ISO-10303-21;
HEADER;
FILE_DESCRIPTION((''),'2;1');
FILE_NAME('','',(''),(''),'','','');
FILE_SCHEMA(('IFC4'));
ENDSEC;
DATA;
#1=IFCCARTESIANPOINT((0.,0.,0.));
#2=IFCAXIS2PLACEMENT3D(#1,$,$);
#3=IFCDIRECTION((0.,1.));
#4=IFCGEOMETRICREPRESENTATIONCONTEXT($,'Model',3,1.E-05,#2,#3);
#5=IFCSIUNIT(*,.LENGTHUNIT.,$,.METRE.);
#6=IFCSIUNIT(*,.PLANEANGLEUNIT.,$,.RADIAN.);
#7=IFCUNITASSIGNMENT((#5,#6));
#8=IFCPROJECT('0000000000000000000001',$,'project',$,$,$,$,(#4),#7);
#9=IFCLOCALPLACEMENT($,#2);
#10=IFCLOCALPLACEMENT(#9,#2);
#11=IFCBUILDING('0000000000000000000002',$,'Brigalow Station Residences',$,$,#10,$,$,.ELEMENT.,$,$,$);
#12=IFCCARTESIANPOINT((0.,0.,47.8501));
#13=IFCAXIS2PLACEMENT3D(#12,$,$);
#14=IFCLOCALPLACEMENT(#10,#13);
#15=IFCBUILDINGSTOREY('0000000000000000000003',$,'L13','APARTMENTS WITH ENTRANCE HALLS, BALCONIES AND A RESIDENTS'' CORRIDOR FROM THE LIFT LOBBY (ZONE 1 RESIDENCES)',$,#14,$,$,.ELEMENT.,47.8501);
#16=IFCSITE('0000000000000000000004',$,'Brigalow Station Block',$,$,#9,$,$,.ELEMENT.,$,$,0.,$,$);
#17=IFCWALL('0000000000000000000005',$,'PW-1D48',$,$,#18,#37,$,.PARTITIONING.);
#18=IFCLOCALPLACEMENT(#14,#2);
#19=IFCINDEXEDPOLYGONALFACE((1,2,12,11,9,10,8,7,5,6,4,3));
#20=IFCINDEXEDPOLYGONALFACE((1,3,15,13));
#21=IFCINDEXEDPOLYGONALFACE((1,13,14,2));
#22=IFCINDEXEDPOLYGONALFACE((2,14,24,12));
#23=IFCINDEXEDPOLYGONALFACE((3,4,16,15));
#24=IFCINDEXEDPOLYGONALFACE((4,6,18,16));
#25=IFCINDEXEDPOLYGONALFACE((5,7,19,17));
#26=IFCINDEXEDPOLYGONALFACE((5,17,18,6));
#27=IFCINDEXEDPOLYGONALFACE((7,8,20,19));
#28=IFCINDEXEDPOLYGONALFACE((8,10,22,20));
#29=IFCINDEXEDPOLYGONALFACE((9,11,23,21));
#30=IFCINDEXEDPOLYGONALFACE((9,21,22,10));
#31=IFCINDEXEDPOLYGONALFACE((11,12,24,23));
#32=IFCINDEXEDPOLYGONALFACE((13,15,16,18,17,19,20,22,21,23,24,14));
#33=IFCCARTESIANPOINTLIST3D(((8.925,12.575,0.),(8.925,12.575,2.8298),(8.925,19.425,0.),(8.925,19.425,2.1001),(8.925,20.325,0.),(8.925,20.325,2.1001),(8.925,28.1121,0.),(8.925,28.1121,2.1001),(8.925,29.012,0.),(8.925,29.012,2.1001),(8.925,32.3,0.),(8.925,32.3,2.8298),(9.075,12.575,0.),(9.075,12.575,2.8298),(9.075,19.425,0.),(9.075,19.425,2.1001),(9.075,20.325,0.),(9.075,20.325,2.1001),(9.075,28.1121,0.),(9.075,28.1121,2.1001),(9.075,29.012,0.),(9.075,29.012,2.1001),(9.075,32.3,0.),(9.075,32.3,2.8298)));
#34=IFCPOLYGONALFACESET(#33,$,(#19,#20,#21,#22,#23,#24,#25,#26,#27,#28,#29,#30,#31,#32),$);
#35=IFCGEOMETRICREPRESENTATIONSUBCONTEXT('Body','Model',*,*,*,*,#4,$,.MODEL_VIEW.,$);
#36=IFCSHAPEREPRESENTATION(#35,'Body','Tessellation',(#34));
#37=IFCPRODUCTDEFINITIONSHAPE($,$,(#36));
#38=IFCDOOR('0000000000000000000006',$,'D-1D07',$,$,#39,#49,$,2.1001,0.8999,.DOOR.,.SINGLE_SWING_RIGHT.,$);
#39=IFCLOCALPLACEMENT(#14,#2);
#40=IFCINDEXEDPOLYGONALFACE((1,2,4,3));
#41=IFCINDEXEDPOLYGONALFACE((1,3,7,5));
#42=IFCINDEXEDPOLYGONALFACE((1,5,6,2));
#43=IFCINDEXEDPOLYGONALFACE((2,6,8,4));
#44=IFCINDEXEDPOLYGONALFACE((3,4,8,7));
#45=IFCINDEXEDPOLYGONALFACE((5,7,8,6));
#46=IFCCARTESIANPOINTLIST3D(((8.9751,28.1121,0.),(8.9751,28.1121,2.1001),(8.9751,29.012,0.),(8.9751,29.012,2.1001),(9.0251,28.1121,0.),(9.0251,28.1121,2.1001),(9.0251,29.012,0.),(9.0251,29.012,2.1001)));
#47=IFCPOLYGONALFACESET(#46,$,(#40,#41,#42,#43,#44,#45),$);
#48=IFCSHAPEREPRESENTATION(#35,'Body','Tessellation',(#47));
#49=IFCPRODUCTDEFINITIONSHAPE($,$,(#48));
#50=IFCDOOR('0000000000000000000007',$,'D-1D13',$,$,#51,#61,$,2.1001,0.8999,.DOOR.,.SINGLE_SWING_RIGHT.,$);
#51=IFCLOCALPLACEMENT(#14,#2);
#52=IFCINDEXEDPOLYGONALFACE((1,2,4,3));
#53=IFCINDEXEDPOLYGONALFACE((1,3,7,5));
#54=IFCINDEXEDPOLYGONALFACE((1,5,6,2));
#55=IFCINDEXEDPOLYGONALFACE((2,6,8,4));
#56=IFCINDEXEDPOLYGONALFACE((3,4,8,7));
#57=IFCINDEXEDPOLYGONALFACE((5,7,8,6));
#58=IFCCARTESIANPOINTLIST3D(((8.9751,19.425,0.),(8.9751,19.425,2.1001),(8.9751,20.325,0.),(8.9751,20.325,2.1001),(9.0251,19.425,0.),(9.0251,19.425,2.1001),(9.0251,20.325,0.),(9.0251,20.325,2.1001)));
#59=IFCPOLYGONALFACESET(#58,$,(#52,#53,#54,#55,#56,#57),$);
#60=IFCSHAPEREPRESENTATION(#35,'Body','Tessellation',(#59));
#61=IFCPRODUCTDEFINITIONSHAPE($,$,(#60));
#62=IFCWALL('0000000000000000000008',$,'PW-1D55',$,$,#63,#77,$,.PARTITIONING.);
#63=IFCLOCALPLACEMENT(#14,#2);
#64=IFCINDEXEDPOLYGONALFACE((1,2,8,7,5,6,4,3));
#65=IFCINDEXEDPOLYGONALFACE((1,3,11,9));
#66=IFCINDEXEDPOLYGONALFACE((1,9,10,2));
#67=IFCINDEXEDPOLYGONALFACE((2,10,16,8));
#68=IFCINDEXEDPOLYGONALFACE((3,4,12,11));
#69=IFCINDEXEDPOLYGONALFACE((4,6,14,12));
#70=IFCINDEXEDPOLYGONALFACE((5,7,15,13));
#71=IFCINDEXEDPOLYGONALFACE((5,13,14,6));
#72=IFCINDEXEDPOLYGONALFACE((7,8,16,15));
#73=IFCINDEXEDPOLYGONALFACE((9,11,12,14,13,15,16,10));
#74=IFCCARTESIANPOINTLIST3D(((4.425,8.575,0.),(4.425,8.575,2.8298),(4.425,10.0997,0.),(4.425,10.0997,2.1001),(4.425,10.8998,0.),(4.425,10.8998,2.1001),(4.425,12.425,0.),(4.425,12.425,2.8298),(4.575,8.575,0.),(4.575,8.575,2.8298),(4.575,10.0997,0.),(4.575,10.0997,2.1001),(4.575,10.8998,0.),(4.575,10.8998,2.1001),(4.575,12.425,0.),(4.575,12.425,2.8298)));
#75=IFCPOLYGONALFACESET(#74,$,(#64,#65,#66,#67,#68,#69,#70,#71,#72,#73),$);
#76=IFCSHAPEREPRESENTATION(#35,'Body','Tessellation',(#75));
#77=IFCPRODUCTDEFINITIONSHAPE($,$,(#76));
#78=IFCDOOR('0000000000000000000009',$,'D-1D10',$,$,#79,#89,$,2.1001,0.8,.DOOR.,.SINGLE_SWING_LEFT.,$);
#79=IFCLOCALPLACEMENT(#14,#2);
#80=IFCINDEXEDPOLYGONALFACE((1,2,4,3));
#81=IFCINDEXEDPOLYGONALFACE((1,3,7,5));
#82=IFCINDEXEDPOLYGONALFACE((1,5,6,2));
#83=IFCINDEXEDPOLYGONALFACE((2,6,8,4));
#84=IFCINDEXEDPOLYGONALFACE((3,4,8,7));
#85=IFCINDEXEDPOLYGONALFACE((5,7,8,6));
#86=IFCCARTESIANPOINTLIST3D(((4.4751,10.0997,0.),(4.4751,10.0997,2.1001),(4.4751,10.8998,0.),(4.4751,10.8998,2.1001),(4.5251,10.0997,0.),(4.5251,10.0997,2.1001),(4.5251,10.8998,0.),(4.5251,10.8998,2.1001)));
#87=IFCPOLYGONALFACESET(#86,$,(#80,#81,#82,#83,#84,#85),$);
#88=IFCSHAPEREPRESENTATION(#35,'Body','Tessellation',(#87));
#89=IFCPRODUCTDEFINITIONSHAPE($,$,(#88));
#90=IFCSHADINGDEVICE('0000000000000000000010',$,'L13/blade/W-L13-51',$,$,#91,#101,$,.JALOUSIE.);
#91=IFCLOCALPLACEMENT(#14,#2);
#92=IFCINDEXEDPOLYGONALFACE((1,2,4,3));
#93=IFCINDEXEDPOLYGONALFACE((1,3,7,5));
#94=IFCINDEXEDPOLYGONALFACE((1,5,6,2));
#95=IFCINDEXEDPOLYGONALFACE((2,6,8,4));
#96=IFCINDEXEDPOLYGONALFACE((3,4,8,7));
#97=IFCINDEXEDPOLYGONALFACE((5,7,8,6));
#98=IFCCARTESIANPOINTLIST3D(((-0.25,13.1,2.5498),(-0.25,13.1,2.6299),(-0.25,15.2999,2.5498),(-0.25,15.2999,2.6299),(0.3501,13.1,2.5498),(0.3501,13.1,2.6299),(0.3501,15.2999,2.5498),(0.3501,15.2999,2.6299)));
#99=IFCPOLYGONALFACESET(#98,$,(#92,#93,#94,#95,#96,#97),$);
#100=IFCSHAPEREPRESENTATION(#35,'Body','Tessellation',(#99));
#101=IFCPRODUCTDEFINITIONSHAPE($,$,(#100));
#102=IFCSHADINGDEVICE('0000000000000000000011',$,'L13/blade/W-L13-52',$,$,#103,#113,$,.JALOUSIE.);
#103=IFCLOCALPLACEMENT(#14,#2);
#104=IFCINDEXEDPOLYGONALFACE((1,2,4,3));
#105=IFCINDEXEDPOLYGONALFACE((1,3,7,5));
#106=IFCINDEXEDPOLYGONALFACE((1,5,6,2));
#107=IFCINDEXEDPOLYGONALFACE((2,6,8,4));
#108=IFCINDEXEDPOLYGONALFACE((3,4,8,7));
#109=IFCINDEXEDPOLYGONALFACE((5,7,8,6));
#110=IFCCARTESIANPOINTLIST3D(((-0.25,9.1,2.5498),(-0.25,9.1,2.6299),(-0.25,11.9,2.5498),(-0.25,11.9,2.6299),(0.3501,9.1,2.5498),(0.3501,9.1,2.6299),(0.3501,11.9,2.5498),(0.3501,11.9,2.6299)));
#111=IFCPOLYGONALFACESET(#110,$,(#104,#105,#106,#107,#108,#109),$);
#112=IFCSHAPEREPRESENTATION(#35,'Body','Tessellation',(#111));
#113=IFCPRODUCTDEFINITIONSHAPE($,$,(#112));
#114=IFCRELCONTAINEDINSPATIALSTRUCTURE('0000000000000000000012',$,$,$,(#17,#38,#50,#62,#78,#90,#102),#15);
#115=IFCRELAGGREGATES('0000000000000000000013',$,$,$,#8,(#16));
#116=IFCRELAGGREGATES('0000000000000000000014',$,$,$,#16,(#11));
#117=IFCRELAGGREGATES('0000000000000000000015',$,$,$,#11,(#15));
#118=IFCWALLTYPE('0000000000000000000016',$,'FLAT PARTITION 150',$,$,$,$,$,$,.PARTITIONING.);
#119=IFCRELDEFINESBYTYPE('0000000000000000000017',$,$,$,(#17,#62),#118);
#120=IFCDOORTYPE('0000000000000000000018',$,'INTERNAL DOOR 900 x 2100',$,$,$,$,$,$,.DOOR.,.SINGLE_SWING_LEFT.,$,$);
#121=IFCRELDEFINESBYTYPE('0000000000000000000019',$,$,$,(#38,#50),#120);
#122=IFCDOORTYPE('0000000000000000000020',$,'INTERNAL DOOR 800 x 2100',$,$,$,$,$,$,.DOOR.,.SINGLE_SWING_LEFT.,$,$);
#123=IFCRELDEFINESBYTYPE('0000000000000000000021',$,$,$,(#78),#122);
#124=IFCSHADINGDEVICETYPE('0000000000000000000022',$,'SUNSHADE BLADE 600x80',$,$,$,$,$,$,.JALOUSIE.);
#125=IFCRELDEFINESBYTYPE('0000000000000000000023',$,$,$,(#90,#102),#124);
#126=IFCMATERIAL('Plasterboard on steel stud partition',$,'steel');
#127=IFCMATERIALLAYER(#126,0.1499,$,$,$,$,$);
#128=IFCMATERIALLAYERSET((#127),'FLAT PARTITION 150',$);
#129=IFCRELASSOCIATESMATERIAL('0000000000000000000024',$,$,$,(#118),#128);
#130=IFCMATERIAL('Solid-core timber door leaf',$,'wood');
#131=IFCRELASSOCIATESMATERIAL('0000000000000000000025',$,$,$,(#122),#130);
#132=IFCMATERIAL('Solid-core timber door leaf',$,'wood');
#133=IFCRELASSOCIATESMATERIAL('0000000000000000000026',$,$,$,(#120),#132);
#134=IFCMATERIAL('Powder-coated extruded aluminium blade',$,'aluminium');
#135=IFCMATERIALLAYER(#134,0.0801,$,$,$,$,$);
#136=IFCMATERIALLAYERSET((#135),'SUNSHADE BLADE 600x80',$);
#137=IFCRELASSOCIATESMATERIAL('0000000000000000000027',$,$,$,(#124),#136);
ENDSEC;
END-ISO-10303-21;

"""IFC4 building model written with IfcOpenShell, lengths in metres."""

from ifc_helpers import new_model, si_unit, direction, frame, frame_2d, origin, origin_2d, place, context, subcontext, project, spatial, rectangle, extrude, material, layer, layer_set, type_object, element, fill, save


model = new_model("IFC4")

# Units and contexts
model_context = context("Model", 3, precision=1e-05, world=origin(), true_north=direction((0.0, 1.0)))
body_context = subcontext(model_context, "Body", "Model", "MODEL_VIEW")
ifc_project = project(units=[si_unit("LENGTHUNIT", "METRE"), si_unit("PLANEANGLEUNIT", "RADIAN")], contexts=[model_context])

# Site, building, storey
site_placement = place(None, origin())
site = spatial("IfcSite", under=ifc_project, at=site_placement, Name="Brigalow Station Block", CompositionType="ELEMENT", RefElevation=0.0)
building_placement = place(site_placement, origin())
building = spatial("IfcBuilding", under=site, at=building_placement, Name="Brigalow Station Residences", CompositionType="ELEMENT")
storey_placement = place(building_placement, frame((0.0, 0.0, 47.8501)))
storey = spatial("IfcBuildingStorey", under=building, at=storey_placement, Name="L13", Description="APARTMENTS WITH ENTRANCE HALLS, BALCONIES AND A RESIDENTS' CORRIDOR FROM THE LIFT LOBBY (ZONE 1 RESIDENCES)", CompositionType="ELEMENT", Elevation=47.8501)

# Shared definitions
ifc_material_1 = material(Name="Plasterboard on steel stud partition", Category="steel")
ifc_layer_1 = layer(ifc_material_1, 0.1499)
ifc_layer_set_1 = layer_set([ifc_layer_1], Name="FLAT PARTITION 150")
wall_type_1 = type_object("IfcWallType", Name="FLAT PARTITION 150", PredefinedType="PARTITIONING", material=ifc_layer_set_1)
ifc_material_2 = material(Name="Solid-core timber door leaf", Category="wood")
door_type_1 = type_object("IfcDoorType", Name="INTERNAL DOOR 800 x 2100", OperationType="SINGLE_SWING_LEFT", PredefinedType="DOOR", material=ifc_material_2)
ifc_material_3 = material(Name="Solid-core timber door leaf", Category="wood")
door_type_2 = type_object("IfcDoorType", Name="INTERNAL DOOR 900 x 2100", OperationType="SINGLE_SWING_LEFT", PredefinedType="DOOR", material=ifc_material_3)

# Wall, openings, doors
wall_1_placement = place(storey_placement, frame((9.0, 12.575, 0.0), z_axis=(0.0, 0.0, 1.0), x_axis=(0.0, 1.0, 0.0)))
wall_1 = element("IfcWall", 1, at=wall_1_placement, inside=storey, type_object=wall_type_1, Name="PW-1D48", PredefinedType="PARTITIONING", context=body_context, shape_type="SweptSolid", body=[
    extrude(rectangle(XDim=19.7251, YDim=0.1499, at=frame_2d((9.8625, 0.0))), origin(), (0.0, 0.0, 1.0), 2.8298),
])
opening_1_placement = place(wall_1_placement, frame((15.5371, 0.0, 0.0)))
opening_1 = element("IfcOpeningElement", 2, at=opening_1_placement, cuts=wall_1, PredefinedType="OPENING", context=body_context, shape_type="SweptSolid", body=[
    extrude(rectangle(XDim=0.8999, YDim=2.1001, at=frame_2d((0.45, 1.05))), frame((0.0, 0.085, 0.0), z_axis=(0.0, -1.0, 0.0), x_axis=(1.0, 0.0, 0.0)), (0.0, 0.0, 1.0), 0.1699),
])
opening_2_placement = place(wall_1_placement, frame((6.8501, 0.0, 0.0)))
opening_2 = element("IfcOpeningElement", 3, at=opening_2_placement, cuts=wall_1, PredefinedType="OPENING", context=body_context, shape_type="SweptSolid", body=[
    extrude(rectangle(XDim=0.8999, YDim=2.1001, at=frame_2d((0.45, 1.05))), frame((0.0, 0.085, 0.0), z_axis=(0.0, -1.0, 0.0), x_axis=(1.0, 0.0, 0.0)), (0.0, 0.0, 1.0), 0.1699),
])
door_1_placement = place(opening_1_placement, origin())
door_1 = element("IfcDoor", 4, at=door_1_placement, inside=storey, type_object=door_type_2, Name="D-1D07", OperationType="SINGLE_SWING_RIGHT", OverallHeight=2.1001, OverallWidth=0.8999, PredefinedType="DOOR", context=body_context, shape_type="SweptSolid", body=[
    extrude(rectangle(XDim=0.8999, YDim=2.1001, at=frame_2d((0.45, 1.05))), frame((0.0, 0.0249, 0.0), z_axis=(0.0, -1.0, 0.0), x_axis=(1.0, 0.0, 0.0)), (0.0, 0.0, 1.0), 0.05),
])
fill(opening_1, door_1)
door_2_placement = place(opening_2_placement, origin())
door_2 = element("IfcDoor", 5, at=door_2_placement, inside=storey, type_object=door_type_2, Name="D-1D13", OperationType="SINGLE_SWING_RIGHT", OverallHeight=2.1001, OverallWidth=0.8999, PredefinedType="DOOR", context=body_context, shape_type="SweptSolid", body=[
    extrude(rectangle(XDim=0.8999, YDim=2.1001, at=frame_2d((0.45, 1.05))), frame((0.0, 0.0249, 0.0), z_axis=(0.0, -1.0, 0.0), x_axis=(1.0, 0.0, 0.0)), (0.0, 0.0, 1.0), 0.05),
])
fill(opening_2, door_2)

# Wall, opening, door
wall_2_placement = place(storey_placement, frame((4.5, 8.575, 0.0), z_axis=(0.0, 0.0, 1.0), x_axis=(0.0, 1.0, 0.0)))
wall_2 = element("IfcWall", 6, at=wall_2_placement, inside=storey, type_object=wall_type_1, Name="PW-1D55", PredefinedType="PARTITIONING", context=body_context, shape_type="SweptSolid", body=[
    extrude(rectangle(XDim=3.8501, YDim=0.1499, at=frame_2d((1.925, 0.0))), origin(), (0.0, 0.0, 1.0), 2.8298),
])
opening_3_placement = place(wall_2_placement, frame((1.5249, 0.0, 0.0)))
opening_3 = element("IfcOpeningElement", 7, at=opening_3_placement, cuts=wall_2, PredefinedType="OPENING", context=body_context, shape_type="SweptSolid", body=[
    extrude(rectangle(XDim=0.8, YDim=2.1001, at=frame_2d((0.3999, 1.05))), frame((0.0, 0.085, 0.0), z_axis=(0.0, -1.0, 0.0), x_axis=(1.0, 0.0, 0.0)), (0.0, 0.0, 1.0), 0.1699),
])
door_3_placement = place(opening_3_placement, origin())
door_3 = element("IfcDoor", 8, at=door_3_placement, inside=storey, type_object=door_type_1, Name="D-1D10", OperationType="SINGLE_SWING_LEFT", OverallHeight=2.1001, OverallWidth=0.8, PredefinedType="DOOR", context=body_context, shape_type="SweptSolid", body=[
    extrude(rectangle(XDim=0.8, YDim=2.1001, at=frame_2d((0.3999, 1.05))), frame((0.0, 0.0249, 0.0), z_axis=(0.0, -1.0, 0.0), x_axis=(1.0, 0.0, 0.0)), (0.0, 0.0, 1.0), 0.05),
])
fill(opening_3, door_3)

# Shading devices
ifc_material_4 = material(Name="Powder-coated extruded aluminium blade", Category="aluminium")
ifc_layer_2 = layer(ifc_material_4, 0.0801)
ifc_layer_set_2 = layer_set([ifc_layer_2], Name="SUNSHADE BLADE 600x80")
shading_device_type = type_object("IfcShadingDeviceType", Name="SUNSHADE BLADE 600x80", PredefinedType="JALOUSIE", material=ifc_layer_set_2)
shading_device_1_placement = place(storey_placement, frame((0.05, 14.2, 2.5498), z_axis=(0.0, 0.0, 1.0), x_axis=(0.0, -1.0, 0.0)))
element("IfcShadingDevice", 9, at=shading_device_1_placement, inside=storey, type_object=shading_device_type, Name="L13/blade/W-L13-51", PredefinedType="JALOUSIE", context=body_context, shape_type="SweptSolid", body=[
    extrude(rectangle(XDim=2.2, YDim=0.6001, at=origin_2d()), origin(), (0.0, 0.0, 1.0), 0.0801),
])
shading_device_2_placement = place(storey_placement, frame((0.05, 10.5, 2.5498), z_axis=(0.0, 0.0, 1.0), x_axis=(0.0, -1.0, 0.0)))
element("IfcShadingDevice", 10, at=shading_device_2_placement, inside=storey, type_object=shading_device_type, Name="L13/blade/W-L13-52", PredefinedType="JALOUSIE", context=body_context, shape_type="SweptSolid", body=[
    extrude(rectangle(XDim=2.8, YDim=0.6001, at=origin_2d()), origin(), (0.0, 0.0, 1.0), 0.0801),
])

save(model, "model.ifc")
